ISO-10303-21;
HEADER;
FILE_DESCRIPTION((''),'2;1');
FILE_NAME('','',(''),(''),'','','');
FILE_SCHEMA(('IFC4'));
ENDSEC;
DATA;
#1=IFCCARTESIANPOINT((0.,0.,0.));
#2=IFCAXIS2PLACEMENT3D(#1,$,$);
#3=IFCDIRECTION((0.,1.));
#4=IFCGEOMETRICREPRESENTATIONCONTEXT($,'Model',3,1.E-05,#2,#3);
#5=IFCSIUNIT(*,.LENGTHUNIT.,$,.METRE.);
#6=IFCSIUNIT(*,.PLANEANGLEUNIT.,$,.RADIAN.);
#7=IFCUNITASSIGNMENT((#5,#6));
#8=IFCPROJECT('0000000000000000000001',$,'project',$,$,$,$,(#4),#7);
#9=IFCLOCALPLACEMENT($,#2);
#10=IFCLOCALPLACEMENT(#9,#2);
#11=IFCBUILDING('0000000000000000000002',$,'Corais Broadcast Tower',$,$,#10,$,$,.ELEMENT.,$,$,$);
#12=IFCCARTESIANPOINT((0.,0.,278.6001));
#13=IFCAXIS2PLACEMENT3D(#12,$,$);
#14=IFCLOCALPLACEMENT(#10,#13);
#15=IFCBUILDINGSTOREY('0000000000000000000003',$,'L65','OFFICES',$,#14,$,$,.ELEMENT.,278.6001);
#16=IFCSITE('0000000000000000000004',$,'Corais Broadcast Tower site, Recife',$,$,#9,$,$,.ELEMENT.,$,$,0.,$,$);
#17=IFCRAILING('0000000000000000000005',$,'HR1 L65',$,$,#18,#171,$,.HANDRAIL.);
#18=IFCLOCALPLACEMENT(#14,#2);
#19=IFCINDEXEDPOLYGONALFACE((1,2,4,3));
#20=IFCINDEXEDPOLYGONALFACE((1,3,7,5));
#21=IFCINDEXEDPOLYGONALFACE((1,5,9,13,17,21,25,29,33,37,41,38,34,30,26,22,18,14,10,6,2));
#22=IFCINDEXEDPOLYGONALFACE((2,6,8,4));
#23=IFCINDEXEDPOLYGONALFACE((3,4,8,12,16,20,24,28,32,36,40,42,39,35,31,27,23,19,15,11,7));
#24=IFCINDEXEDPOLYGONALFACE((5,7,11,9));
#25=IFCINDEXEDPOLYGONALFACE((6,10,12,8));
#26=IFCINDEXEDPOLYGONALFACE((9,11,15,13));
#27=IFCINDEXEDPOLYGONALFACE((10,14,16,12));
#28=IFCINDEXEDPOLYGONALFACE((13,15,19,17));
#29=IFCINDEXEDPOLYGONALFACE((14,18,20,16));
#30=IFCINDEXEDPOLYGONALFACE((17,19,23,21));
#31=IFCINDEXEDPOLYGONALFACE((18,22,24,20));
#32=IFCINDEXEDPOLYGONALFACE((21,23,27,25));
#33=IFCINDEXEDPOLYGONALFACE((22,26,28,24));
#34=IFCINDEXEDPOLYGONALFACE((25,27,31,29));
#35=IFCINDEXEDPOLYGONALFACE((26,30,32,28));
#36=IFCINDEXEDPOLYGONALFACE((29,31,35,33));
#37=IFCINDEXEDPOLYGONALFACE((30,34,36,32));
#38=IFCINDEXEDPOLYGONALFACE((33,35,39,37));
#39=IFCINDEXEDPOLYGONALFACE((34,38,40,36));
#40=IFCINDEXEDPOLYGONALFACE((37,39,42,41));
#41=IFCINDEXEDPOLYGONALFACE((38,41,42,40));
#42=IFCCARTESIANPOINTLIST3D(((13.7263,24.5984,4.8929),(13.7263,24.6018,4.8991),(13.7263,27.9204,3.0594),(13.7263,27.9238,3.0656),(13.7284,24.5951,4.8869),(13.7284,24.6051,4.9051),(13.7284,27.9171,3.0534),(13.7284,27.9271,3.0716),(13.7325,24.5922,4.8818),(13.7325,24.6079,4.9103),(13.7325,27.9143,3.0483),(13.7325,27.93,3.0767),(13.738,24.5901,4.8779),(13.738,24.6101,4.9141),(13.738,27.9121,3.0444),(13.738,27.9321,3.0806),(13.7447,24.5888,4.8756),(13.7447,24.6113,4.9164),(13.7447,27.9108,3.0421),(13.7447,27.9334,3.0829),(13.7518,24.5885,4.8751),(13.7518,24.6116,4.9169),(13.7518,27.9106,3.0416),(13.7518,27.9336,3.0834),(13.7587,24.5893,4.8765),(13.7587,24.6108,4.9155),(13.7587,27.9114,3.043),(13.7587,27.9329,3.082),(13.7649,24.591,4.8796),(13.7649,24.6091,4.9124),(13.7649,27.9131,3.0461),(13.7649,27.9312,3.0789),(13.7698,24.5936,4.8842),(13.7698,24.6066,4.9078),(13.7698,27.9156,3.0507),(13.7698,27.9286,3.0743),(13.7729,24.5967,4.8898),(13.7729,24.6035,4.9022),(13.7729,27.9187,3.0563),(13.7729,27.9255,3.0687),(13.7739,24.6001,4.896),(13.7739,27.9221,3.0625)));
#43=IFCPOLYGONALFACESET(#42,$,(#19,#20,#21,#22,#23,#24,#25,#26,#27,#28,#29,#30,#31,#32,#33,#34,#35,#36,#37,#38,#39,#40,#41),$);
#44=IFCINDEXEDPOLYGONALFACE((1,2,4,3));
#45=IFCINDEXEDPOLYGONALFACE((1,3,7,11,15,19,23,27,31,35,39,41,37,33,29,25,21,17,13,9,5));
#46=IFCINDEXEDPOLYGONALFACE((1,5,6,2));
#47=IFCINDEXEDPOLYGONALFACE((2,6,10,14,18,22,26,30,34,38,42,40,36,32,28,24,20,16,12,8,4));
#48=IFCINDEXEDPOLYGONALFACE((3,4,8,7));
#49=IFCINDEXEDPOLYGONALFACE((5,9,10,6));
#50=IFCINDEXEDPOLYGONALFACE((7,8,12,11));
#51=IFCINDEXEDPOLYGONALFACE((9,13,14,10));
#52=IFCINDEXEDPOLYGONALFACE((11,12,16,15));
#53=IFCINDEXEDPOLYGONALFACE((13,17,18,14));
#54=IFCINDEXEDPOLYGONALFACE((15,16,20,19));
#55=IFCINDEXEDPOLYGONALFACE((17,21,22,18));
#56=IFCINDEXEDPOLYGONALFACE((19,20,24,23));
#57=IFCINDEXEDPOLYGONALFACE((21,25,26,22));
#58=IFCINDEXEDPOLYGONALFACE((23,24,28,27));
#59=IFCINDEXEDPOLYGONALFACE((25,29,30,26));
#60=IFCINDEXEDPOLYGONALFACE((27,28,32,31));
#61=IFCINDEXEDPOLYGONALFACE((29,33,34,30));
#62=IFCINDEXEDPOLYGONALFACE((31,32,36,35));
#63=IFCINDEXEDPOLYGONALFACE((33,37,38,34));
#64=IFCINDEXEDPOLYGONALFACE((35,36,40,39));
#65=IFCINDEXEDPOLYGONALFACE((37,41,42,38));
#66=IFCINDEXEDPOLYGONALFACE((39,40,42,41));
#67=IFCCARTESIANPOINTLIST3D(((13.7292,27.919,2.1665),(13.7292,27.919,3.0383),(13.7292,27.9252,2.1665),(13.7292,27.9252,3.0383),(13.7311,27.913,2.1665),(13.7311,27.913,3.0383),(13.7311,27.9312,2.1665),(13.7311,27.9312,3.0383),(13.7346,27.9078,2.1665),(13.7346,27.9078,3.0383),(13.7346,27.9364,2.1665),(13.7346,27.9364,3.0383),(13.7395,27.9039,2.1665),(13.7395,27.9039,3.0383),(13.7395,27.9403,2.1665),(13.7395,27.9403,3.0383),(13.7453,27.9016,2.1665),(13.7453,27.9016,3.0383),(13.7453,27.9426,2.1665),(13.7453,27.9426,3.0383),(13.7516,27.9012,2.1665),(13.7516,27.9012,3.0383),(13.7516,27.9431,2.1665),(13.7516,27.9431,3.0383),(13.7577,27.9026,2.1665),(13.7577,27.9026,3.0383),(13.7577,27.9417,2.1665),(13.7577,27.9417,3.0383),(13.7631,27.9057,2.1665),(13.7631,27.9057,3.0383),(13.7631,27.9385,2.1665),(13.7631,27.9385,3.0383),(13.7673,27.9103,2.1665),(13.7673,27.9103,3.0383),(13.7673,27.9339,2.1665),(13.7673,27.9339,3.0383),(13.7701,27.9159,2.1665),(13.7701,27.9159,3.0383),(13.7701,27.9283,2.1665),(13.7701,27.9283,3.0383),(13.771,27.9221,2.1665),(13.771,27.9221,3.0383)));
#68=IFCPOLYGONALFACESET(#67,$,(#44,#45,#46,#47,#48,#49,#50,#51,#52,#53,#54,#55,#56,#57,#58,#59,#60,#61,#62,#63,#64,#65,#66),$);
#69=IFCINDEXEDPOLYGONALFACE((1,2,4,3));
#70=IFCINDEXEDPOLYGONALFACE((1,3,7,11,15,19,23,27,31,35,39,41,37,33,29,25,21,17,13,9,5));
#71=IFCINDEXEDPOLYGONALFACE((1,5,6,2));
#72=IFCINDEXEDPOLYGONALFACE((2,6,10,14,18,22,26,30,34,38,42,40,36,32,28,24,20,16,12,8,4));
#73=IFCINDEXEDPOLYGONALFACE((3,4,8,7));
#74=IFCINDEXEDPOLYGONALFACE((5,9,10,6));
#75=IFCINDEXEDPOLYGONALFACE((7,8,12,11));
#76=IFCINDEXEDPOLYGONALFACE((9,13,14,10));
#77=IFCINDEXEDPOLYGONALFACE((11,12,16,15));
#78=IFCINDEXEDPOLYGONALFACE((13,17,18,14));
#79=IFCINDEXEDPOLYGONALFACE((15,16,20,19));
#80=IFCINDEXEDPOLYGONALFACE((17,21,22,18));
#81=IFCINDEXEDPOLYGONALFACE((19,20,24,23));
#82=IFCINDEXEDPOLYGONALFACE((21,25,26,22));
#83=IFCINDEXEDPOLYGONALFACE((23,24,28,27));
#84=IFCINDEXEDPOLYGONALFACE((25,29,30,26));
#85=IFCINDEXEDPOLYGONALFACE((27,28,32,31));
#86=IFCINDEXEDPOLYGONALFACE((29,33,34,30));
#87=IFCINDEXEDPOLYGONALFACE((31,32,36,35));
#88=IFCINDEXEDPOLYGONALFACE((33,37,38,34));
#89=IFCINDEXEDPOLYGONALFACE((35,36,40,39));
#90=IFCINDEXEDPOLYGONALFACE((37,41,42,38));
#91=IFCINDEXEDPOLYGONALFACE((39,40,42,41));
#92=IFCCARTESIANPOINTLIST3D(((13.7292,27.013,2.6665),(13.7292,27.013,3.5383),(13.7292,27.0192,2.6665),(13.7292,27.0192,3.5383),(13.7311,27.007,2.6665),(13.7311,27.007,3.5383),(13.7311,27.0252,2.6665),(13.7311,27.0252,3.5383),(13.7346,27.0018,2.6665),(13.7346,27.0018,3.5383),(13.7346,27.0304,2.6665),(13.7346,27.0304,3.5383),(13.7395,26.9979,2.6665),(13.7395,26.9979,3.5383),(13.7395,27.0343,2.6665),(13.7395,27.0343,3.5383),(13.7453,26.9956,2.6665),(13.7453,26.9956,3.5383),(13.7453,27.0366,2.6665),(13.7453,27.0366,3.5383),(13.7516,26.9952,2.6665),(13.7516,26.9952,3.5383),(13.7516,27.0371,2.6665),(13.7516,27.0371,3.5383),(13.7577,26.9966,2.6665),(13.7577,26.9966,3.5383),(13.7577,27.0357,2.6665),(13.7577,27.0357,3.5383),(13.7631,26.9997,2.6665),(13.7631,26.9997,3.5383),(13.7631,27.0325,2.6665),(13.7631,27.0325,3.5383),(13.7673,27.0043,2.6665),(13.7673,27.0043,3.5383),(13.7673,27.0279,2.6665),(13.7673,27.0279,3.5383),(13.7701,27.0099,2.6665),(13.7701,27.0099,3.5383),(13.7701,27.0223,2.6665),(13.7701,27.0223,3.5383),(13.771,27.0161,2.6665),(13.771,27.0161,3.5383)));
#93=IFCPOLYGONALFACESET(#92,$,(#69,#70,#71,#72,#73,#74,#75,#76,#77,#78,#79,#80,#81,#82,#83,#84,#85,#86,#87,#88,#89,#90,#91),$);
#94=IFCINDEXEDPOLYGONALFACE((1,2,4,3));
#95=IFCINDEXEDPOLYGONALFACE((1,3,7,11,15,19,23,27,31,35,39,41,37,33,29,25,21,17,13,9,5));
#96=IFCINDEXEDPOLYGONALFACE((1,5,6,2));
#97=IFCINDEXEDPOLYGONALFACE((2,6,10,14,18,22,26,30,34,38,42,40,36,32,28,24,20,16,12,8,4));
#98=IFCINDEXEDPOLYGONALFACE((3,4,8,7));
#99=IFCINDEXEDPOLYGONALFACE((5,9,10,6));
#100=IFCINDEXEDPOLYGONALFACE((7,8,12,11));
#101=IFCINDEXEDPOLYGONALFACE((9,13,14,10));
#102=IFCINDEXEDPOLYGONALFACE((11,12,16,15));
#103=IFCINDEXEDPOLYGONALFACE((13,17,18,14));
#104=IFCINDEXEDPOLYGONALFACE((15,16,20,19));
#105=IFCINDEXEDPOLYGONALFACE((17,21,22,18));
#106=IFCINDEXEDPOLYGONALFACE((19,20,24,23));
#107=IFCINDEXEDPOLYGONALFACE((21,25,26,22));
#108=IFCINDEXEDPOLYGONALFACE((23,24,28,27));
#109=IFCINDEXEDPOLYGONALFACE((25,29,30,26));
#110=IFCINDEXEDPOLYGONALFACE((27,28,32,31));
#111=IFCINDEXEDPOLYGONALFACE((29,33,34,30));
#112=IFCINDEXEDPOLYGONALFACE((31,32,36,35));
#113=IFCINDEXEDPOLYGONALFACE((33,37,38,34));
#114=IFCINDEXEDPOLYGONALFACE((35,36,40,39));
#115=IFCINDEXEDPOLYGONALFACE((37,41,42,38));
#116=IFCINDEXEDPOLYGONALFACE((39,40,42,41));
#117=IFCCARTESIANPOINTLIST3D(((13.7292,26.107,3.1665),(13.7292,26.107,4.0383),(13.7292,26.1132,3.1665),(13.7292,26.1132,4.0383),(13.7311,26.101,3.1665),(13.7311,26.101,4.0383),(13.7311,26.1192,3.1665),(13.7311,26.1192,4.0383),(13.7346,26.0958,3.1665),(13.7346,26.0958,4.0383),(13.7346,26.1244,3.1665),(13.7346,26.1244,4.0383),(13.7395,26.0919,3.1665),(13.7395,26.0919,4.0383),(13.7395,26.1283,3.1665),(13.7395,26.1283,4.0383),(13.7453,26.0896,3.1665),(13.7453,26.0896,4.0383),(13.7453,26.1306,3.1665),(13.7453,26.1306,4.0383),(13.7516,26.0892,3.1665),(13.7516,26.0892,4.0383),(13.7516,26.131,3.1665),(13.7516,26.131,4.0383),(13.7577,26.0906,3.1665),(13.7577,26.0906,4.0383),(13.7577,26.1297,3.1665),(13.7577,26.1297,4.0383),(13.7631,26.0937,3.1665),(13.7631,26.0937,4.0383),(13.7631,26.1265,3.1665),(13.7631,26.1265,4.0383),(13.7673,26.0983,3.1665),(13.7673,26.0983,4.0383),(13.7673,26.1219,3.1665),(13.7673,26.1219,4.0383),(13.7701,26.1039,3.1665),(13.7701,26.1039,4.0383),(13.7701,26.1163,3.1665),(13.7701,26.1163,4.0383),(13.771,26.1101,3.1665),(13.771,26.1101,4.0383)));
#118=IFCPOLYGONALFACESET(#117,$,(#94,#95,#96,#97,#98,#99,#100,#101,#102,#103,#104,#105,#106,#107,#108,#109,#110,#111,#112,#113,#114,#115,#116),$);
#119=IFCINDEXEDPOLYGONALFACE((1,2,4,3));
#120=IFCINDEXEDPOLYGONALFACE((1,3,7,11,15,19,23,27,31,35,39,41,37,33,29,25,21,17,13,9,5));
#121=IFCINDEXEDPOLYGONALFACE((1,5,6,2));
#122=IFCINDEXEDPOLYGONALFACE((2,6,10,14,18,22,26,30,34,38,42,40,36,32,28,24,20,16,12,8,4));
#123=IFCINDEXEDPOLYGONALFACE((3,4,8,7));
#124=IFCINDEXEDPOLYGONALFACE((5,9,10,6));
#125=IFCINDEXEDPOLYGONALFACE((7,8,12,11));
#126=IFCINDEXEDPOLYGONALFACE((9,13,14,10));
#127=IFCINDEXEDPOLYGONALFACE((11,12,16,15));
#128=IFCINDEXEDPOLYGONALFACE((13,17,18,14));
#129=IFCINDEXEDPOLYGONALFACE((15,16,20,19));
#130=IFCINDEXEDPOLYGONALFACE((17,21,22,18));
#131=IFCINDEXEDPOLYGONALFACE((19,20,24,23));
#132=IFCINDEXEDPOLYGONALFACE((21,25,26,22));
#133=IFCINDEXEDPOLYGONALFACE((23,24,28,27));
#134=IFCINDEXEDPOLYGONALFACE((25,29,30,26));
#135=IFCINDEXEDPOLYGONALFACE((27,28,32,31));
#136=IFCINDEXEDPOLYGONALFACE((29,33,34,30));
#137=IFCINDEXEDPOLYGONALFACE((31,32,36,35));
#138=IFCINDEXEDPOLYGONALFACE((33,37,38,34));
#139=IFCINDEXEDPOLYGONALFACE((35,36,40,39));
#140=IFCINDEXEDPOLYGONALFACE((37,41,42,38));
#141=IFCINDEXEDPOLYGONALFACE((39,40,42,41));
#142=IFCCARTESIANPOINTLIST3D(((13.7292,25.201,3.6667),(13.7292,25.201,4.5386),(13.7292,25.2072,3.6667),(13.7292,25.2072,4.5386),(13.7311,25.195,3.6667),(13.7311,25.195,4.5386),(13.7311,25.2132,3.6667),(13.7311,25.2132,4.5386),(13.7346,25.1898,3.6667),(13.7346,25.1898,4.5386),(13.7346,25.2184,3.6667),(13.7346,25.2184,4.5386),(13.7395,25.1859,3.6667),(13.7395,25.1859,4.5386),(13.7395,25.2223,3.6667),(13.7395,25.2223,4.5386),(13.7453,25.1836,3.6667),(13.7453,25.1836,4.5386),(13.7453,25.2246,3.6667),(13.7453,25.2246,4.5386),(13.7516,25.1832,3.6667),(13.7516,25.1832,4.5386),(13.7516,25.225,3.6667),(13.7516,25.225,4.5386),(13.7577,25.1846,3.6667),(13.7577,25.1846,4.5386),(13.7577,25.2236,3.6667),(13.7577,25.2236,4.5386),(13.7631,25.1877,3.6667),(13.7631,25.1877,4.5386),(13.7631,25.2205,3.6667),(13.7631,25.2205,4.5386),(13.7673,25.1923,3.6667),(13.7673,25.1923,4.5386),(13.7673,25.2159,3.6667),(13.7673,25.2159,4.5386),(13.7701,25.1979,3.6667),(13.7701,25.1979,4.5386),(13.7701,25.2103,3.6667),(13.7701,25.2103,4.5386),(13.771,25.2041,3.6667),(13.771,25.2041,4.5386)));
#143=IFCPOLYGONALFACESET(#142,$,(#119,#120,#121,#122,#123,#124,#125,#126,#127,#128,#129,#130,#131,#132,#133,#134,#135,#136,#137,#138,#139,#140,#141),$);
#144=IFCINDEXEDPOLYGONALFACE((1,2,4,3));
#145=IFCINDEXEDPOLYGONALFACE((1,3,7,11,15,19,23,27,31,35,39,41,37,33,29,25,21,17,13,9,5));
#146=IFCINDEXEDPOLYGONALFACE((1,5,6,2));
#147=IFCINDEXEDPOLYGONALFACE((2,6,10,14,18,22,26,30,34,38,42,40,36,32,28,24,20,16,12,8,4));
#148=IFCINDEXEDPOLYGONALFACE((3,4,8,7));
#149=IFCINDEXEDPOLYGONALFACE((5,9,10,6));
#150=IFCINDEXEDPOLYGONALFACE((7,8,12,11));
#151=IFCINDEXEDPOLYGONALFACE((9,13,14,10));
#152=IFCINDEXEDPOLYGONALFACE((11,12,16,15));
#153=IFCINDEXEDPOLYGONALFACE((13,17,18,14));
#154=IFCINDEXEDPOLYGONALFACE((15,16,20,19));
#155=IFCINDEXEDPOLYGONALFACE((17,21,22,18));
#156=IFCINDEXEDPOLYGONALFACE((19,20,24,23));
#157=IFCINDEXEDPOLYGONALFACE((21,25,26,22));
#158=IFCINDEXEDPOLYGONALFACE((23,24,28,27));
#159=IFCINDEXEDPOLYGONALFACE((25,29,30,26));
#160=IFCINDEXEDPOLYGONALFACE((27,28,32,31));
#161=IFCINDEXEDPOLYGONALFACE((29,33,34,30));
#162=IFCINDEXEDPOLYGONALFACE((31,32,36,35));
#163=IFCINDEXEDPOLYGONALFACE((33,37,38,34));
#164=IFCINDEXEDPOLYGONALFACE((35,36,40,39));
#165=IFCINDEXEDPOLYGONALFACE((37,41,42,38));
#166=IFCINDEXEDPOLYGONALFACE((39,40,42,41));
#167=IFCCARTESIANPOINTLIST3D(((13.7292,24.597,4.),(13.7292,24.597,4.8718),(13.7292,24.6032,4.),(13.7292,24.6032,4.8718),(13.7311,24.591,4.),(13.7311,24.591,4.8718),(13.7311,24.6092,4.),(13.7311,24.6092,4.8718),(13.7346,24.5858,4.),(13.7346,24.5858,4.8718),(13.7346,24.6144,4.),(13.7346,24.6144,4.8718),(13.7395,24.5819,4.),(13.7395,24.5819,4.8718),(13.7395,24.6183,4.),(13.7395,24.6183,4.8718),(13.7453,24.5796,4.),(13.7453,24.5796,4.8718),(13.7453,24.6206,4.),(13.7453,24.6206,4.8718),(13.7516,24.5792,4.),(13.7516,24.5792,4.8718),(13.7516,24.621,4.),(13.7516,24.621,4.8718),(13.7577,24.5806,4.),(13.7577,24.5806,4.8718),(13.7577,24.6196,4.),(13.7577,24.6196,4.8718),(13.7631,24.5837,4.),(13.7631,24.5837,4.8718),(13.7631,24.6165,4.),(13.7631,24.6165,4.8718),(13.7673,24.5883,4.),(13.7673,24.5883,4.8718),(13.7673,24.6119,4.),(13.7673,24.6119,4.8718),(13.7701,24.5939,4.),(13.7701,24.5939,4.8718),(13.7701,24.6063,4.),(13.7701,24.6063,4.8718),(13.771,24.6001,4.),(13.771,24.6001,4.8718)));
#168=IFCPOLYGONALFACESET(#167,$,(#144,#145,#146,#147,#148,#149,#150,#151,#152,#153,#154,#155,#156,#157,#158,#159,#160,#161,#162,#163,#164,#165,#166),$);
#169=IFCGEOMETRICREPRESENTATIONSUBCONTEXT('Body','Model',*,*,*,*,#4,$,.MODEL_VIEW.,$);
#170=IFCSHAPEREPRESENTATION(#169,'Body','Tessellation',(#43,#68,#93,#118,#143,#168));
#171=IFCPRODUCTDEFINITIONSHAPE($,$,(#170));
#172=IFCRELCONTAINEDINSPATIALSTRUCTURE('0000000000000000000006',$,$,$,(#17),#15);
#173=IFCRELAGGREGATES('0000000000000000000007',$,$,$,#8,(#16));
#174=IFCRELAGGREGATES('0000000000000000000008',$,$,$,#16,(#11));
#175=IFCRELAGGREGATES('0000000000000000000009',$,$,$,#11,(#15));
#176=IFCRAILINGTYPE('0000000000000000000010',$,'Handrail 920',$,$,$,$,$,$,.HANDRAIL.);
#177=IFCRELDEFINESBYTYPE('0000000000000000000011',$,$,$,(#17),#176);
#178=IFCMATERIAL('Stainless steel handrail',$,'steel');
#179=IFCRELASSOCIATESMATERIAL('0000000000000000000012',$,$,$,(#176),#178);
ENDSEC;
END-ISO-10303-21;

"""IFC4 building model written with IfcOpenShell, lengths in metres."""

from ifc_helpers import new_model, si_unit, direction, frame, origin, origin_2d, place, context, subcontext, project, spatial, circle, extrude, material, type_object, element, save


model = new_model("IFC4")

# Units and contexts
model_context = context("Model", 3, precision=1e-05, world=origin(), true_north=direction((0.0, 1.0)))
body_context = subcontext(model_context, "Body", "Model", "MODEL_VIEW")
ifc_project = project(units=[si_unit("LENGTHUNIT", "METRE"), si_unit("PLANEANGLEUNIT", "RADIAN")], contexts=[model_context])

# Site, building, storey
site_placement = place(None, origin())
site = spatial("IfcSite", under=ifc_project, at=site_placement, Name="Corais Broadcast Tower site, Recife", CompositionType="ELEMENT", RefElevation=0.0)
building_placement = place(site_placement, origin())
building = spatial("IfcBuilding", under=site, at=building_placement, Name="Corais Broadcast Tower", CompositionType="ELEMENT")
storey_placement = place(building_placement, frame((0.0, 0.0, 278.6001)))
storey = spatial("IfcBuildingStorey", under=building, at=storey_placement, Name="L65", Description="OFFICES", CompositionType="ELEMENT", Elevation=278.6001)

# Railing
ifc_material_1 = material(Name="Stainless steel handrail", Category="steel")
railing_type = type_object("IfcRailingType", Name="Handrail 920", PredefinedType="HANDRAIL", material=ifc_material_1)
railing_placement = place(storey_placement, frame((13.75, 27.9221, 2.1665)))
element("IfcRailing", 1, at=railing_placement, inside=storey, type_object=railing_type, Name="HR1 L65", PredefinedType="HANDRAIL", context=body_context, shape_type="SweptSolid", body=[
    extrude(circle(Radius=0.0239, at=origin_2d()), frame((0.0, 0.0, 0.896), z_axis=(0.0, -0.875504, 0.48321), x_axis=(1.0, 0.0, 0.0)), (0.0, 0.0, 1.0), 3.7944),
    extrude(circle(Radius=0.021, at=origin_2d()), origin(), (0.0, 0.0, 1.0), 0.8718),
    extrude(circle(Radius=0.021, at=origin_2d()), frame((0.0, -0.906, 0.5)), (0.0, 0.0, 1.0), 0.8718),
    extrude(circle(Radius=0.021, at=origin_2d()), frame((0.0, -1.812, 1.0)), (0.0, 0.0, 1.0), 0.8718),
    extrude(circle(Radius=0.021, at=origin_2d()), frame((0.0, -2.718, 1.5002)), (0.0, 0.0, 1.0), 0.8718),
    extrude(circle(Radius=0.021, at=origin_2d()), frame((0.0, -3.322, 1.8335)), (0.0, 0.0, 1.0), 0.8718),
])

save(model, "model.ifc")
